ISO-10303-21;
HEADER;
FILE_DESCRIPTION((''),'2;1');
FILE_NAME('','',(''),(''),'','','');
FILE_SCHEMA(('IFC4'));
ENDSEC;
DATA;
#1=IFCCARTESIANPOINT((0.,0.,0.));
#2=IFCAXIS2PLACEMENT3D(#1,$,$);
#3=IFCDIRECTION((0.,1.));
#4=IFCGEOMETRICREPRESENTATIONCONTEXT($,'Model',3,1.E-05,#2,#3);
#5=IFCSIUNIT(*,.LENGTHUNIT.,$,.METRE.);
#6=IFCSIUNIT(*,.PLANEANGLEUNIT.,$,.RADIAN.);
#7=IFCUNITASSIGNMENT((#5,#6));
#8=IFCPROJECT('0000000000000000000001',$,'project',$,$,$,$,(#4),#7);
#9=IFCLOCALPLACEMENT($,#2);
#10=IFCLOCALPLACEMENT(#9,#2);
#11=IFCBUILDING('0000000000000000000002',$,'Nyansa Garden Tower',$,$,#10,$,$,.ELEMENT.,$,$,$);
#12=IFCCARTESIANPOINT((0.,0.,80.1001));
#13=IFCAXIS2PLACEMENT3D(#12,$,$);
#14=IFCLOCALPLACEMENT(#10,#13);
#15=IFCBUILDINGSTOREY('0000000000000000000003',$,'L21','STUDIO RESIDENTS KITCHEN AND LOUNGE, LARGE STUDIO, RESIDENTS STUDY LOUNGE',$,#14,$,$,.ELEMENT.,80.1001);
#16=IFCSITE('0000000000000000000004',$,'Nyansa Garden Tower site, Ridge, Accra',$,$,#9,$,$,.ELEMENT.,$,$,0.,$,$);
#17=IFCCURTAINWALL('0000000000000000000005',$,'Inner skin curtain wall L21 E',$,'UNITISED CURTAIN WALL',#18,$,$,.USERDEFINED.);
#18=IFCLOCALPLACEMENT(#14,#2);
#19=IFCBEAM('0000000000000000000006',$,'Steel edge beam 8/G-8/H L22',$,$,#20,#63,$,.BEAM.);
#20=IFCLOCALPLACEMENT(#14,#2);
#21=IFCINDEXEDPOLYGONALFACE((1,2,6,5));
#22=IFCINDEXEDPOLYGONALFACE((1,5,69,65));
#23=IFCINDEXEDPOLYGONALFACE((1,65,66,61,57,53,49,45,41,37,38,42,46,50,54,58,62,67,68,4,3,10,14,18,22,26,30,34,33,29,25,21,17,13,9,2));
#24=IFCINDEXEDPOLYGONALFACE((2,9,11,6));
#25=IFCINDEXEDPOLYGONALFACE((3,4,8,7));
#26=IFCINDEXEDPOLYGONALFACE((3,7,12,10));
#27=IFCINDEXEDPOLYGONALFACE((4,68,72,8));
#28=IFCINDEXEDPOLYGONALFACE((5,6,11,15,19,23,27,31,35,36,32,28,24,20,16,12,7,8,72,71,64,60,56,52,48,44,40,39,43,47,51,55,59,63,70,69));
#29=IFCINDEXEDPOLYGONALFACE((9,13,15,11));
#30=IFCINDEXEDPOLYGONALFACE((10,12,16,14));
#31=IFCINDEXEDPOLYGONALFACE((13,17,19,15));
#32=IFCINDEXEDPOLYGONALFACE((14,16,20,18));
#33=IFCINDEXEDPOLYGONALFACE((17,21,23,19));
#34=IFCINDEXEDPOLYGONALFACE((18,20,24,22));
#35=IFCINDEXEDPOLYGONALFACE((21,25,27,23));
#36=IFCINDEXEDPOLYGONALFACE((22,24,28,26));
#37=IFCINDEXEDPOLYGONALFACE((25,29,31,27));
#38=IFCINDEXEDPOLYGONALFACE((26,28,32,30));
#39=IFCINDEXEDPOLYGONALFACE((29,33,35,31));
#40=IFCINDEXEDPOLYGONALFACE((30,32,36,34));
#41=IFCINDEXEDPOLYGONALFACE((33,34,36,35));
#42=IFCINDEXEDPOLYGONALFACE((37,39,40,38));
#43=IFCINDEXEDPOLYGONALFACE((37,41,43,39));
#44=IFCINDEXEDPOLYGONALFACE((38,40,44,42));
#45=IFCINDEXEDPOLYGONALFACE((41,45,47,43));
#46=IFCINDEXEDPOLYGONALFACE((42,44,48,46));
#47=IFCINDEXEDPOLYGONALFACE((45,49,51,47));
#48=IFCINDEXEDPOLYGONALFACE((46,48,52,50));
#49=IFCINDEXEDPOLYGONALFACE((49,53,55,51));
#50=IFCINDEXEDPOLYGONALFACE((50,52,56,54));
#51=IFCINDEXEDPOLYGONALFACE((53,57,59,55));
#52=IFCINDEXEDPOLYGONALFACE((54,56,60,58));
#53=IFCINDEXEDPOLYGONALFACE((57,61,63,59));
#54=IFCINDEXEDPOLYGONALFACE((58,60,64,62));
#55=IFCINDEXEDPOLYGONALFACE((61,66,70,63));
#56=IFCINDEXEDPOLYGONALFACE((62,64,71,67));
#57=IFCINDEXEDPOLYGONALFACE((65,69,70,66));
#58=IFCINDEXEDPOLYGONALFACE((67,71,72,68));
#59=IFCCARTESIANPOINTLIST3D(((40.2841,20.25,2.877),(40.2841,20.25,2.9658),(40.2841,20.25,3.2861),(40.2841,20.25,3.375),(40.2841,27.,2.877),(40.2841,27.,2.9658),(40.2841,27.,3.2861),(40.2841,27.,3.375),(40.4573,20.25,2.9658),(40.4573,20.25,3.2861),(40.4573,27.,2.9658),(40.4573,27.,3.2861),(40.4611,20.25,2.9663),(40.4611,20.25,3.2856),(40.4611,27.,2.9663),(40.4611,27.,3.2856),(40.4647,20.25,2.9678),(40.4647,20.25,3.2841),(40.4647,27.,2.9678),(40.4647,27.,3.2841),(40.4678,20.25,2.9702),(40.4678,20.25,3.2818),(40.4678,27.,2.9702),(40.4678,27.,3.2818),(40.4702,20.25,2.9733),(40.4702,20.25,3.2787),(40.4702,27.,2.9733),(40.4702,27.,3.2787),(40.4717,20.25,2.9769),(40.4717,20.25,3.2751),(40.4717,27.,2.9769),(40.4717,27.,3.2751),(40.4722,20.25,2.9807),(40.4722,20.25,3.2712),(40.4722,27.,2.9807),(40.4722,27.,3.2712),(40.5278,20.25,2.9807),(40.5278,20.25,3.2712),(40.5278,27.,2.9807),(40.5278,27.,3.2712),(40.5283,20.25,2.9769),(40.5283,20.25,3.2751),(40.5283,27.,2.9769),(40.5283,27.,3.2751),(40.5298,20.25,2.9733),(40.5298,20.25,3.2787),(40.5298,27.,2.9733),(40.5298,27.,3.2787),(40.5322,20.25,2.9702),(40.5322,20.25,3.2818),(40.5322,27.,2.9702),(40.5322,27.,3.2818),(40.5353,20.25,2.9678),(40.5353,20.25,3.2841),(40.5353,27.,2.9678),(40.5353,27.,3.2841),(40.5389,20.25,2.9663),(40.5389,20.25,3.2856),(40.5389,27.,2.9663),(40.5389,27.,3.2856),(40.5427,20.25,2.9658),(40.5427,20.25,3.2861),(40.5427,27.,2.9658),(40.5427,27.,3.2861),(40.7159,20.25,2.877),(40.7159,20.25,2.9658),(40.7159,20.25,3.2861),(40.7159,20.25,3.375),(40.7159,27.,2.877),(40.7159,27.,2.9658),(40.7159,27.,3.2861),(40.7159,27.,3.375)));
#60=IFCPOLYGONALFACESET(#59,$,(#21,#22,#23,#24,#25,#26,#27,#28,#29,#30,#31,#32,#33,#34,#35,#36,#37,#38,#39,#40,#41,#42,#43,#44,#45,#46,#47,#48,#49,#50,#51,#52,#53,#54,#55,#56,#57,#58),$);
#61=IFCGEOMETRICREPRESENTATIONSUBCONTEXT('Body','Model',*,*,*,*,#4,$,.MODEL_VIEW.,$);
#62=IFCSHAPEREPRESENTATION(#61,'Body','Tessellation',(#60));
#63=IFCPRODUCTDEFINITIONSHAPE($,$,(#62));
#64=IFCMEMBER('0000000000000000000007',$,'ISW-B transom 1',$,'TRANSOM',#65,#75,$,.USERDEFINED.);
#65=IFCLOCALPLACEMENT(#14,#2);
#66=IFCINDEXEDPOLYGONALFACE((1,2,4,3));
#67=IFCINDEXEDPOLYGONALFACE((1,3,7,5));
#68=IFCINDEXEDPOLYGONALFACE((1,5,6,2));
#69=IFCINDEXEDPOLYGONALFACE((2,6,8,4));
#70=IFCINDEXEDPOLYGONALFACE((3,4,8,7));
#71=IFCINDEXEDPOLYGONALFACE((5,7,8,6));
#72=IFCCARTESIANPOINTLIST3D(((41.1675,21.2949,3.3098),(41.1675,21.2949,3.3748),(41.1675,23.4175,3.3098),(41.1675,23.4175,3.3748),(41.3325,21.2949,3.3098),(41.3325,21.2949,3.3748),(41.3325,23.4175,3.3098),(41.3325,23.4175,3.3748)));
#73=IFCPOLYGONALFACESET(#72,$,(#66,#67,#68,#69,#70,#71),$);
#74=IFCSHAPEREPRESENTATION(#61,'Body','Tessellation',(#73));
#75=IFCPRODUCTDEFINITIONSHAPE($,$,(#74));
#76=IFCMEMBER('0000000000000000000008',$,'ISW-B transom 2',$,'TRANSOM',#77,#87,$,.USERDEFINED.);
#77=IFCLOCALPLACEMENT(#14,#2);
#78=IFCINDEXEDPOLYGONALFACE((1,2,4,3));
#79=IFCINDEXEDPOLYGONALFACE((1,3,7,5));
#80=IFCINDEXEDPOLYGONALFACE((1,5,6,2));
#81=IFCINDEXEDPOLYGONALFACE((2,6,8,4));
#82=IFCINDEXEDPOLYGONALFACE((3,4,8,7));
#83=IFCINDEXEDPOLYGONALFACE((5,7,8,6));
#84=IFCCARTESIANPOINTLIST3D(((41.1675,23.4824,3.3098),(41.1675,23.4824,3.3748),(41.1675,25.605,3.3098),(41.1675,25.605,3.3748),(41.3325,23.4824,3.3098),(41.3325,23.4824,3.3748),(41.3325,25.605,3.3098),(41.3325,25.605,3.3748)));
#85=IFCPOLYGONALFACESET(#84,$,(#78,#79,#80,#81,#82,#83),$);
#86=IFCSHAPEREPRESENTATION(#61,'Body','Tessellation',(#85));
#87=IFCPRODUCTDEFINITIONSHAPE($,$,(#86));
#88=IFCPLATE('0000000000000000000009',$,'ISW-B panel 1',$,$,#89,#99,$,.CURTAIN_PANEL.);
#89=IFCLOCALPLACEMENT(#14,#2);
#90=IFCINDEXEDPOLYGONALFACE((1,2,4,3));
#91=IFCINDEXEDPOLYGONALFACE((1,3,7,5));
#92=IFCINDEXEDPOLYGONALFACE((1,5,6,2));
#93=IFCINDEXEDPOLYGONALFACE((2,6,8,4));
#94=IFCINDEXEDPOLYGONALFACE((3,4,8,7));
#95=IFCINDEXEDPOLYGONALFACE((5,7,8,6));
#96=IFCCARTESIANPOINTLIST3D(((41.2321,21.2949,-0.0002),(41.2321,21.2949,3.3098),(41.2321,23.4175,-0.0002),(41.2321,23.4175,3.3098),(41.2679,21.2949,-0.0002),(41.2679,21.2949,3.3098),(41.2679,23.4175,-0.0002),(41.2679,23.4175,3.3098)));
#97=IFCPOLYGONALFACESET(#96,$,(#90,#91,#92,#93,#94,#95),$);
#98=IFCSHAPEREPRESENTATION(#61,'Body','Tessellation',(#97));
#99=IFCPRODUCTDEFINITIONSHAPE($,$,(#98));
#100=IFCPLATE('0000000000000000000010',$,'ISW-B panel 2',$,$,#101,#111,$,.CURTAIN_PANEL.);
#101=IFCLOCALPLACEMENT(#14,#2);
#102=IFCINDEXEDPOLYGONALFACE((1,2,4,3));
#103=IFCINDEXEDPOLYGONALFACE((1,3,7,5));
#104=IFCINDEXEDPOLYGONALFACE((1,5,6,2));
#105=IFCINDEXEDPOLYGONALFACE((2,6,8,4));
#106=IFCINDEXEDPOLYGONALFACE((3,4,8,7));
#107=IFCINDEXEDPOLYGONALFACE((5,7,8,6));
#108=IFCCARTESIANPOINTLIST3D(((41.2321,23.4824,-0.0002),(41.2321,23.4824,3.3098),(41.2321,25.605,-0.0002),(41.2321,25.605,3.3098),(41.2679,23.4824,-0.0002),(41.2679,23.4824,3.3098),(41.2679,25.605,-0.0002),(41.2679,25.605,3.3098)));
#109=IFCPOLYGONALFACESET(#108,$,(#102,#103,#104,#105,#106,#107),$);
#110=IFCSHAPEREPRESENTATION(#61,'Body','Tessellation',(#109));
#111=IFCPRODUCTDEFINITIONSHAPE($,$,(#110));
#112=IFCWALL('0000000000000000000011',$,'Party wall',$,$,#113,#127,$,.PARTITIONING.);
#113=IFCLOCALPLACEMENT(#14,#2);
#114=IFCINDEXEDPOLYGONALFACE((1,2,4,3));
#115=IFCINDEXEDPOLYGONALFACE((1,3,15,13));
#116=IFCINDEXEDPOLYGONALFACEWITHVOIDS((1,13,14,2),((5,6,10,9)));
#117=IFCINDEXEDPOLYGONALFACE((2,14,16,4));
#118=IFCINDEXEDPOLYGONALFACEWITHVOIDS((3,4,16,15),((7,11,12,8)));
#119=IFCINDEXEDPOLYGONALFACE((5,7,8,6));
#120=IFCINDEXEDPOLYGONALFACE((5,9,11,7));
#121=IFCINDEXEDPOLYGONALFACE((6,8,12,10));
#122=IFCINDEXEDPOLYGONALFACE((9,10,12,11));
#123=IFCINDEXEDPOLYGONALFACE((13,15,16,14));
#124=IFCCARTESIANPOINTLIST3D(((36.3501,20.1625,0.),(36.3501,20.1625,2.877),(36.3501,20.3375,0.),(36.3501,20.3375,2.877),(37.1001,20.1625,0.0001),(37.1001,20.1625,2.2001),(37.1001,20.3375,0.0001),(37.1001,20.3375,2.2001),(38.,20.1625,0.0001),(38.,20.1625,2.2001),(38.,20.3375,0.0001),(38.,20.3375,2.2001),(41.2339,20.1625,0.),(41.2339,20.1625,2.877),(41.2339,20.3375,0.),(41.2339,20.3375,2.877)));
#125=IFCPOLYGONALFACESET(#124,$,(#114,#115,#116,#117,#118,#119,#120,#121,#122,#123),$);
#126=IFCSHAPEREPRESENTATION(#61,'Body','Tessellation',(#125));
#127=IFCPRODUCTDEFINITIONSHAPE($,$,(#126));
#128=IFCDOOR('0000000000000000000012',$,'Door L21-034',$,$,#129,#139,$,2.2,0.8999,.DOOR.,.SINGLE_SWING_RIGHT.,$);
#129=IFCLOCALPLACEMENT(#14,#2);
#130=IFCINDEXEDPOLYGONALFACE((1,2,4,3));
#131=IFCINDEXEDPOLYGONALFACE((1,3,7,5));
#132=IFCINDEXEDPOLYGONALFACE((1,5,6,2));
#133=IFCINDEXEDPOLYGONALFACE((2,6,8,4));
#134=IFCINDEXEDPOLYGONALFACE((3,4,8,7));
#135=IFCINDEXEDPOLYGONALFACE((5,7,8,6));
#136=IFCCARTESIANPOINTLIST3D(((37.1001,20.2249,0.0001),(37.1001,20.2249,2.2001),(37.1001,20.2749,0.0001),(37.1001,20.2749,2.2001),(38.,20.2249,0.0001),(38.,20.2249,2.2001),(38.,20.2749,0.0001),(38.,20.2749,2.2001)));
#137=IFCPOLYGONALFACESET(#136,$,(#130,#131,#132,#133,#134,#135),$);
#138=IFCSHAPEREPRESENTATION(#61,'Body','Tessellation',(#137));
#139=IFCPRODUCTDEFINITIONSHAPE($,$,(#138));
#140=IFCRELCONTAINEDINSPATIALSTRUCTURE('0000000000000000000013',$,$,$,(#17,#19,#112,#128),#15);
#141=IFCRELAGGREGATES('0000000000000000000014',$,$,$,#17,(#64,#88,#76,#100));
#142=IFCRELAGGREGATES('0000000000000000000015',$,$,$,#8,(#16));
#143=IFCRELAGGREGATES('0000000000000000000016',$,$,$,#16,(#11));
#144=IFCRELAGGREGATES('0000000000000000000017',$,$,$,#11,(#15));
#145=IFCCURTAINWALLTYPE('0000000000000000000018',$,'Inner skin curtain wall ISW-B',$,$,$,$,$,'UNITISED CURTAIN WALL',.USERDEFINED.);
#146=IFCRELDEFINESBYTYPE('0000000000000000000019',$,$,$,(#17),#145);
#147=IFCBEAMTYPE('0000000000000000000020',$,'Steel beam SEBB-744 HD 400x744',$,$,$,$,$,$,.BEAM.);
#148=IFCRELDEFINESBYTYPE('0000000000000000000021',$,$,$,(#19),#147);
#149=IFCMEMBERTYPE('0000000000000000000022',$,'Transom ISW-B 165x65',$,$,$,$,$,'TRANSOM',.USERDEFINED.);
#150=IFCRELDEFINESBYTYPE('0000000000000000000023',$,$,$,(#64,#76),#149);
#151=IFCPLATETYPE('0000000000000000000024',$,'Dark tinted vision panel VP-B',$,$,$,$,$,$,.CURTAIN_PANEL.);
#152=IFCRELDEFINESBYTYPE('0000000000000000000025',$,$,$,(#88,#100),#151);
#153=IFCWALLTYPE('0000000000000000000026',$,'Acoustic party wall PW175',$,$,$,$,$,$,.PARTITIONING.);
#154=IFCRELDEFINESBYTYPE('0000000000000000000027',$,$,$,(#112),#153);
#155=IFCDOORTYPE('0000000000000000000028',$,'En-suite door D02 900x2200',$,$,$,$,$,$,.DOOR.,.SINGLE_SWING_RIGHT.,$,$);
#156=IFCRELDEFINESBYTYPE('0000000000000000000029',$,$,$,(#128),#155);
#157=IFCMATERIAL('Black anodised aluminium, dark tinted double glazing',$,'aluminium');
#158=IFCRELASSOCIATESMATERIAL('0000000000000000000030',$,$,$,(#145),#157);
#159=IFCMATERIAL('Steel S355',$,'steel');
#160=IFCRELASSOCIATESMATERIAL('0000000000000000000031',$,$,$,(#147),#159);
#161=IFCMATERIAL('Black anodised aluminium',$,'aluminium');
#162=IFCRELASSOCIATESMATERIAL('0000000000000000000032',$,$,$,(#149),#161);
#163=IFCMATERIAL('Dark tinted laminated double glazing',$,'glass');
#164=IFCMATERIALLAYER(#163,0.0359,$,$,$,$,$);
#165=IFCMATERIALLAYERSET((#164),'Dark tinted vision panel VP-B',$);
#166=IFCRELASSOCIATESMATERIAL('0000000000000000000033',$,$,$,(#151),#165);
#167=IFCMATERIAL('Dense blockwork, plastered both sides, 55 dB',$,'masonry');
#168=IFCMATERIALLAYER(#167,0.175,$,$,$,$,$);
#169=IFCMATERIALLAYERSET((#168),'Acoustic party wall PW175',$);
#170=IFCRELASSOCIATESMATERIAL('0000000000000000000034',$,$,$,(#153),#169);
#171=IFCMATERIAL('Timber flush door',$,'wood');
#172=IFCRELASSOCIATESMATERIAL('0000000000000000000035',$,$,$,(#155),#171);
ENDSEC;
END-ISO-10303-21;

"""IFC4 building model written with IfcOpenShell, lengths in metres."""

from ifc_helpers import new_model, si_unit, direction, frame, frame_2d, origin, origin_2d, place, context, subcontext, project, spatial, rectangle, i_section, extrude, material, layer, layer_set, material_profile, profile_set, type_object, element, fill, aggregate, save


model = new_model("IFC4")

# Units and contexts
model_context = context("Model", 3, precision=1e-05, world=origin(), true_north=direction((0.0, 1.0)))
body_context = subcontext(model_context, "Body", "Model", "MODEL_VIEW")
ifc_project = project(units=[si_unit("LENGTHUNIT", "METRE"), si_unit("PLANEANGLEUNIT", "RADIAN")], contexts=[model_context])

# Site, building, storey
site_placement = place(None, origin())
site = spatial("IfcSite", under=ifc_project, at=site_placement, Name="Nyansa Garden Tower site, Ridge, Accra", CompositionType="ELEMENT", RefElevation=0.0)
building_placement = place(site_placement, origin())
building = spatial("IfcBuilding", under=site, at=building_placement, Name="Nyansa Garden Tower", CompositionType="ELEMENT")
storey_placement = place(building_placement, frame((0.0, 0.0, 80.1001)))
storey = spatial("IfcBuildingStorey", under=building, at=storey_placement, Name="L21", Description="STUDIO RESIDENTS KITCHEN AND LOUNGE, LARGE STUDIO, RESIDENTS STUDY LOUNGE", CompositionType="ELEMENT", Elevation=80.1001)

# Curtain wall
ifc_material_1 = material(Name="Black anodised aluminium, dark tinted double glazing", Category="aluminium")
curtain_wall_type = type_object("IfcCurtainWallType", Name="Inner skin curtain wall ISW-B", ElementType="UNITISED CURTAIN WALL", PredefinedType="USERDEFINED", material=ifc_material_1)
curtain_wall_placement = place(storey_placement, origin())
curtain_wall = element("IfcCurtainWall", 1, at=curtain_wall_placement, inside=storey, type_object=curtain_wall_type, Name="Inner skin curtain wall L21 E", ObjectType="UNITISED CURTAIN WALL", PredefinedType="USERDEFINED")

# Beam
ifc_material_2 = material(Name="Steel S355", Category="steel")
ifc_material_profile_1 = material_profile(ifc_material_2, i_section(OverallWidth=0.4319, OverallDepth=0.498, WebThickness=0.0557, FlangeThickness=0.0889, FilletRadius=0.0149, at=origin_2d()), Name="HD 400x744")
ifc_profile_set_1 = profile_set([ifc_material_profile_1], Name="Steel S355")
beam_type_1 = type_object("IfcBeamType", Name="Steel beam SEBB-744 HD 400x744", PredefinedType="BEAM", material=ifc_profile_set_1)
beam_placement = place(storey_placement, frame((40.5, 20.25, 3.126), z_axis=(0.0, 1.0, 0.0), x_axis=(-1.0, 0.0, 0.0)))
element("IfcBeam", 2, at=beam_placement, inside=storey, type_object=beam_type_1, Name="Steel edge beam 8/G-8/H L22", PredefinedType="BEAM", context=body_context, shape_type="SweptSolid", body=[
    extrude(i_section(OverallWidth=0.4319, OverallDepth=0.498, WebThickness=0.0557, FlangeThickness=0.0889, FilletRadius=0.0149, at=origin_2d()), origin(), (0.0, 0.0, 1.0), 6.75),
])

# Members
ifc_material_3 = material(Name="Black anodised aluminium", Category="aluminium")
ifc_material_profile_2 = material_profile(ifc_material_3, rectangle(XDim=0.165, YDim=0.0649, at=origin_2d()), Name="Transom 165x65")
ifc_profile_set_2 = profile_set([ifc_material_profile_2], Name="Black anodised aluminium")
member_type_1 = type_object("IfcMemberType", Name="Transom ISW-B 165x65", ElementType="TRANSOM", PredefinedType="USERDEFINED", material=ifc_profile_set_2)
member_1_placement = place(storey_placement, frame((41.25, 21.2949, 3.3423), z_axis=(0.0, 1.0, 0.0), x_axis=(-1.0, 0.0, 0.0)))
member_1 = element("IfcMember", 3, at=member_1_placement, type_object=member_type_1, Name="ISW-B transom 1", ObjectType="TRANSOM", PredefinedType="USERDEFINED", context=body_context, shape_type="SweptSolid", body=[
    extrude(rectangle(XDim=0.165, YDim=0.0649, at=origin_2d()), origin(), (0.0, 0.0, 1.0), 2.1226),
])
member_2_placement = place(storey_placement, frame((41.25, 23.4824, 3.3423), z_axis=(0.0, 1.0, 0.0), x_axis=(-1.0, 0.0, 0.0)))
member_2 = element("IfcMember", 4, at=member_2_placement, type_object=member_type_1, Name="ISW-B transom 2", ObjectType="TRANSOM", PredefinedType="USERDEFINED", context=body_context, shape_type="SweptSolid", body=[
    extrude(rectangle(XDim=0.165, YDim=0.0649, at=origin_2d()), origin(), (0.0, 0.0, 1.0), 2.1226),
])

# Plates
ifc_material_4 = material(Name="Dark tinted laminated double glazing", Category="glass")
ifc_layer_1 = layer(ifc_material_4, 0.0359)
ifc_layer_set_1 = layer_set([ifc_layer_1], Name="Dark tinted vision panel VP-B")
plate_type = type_object("IfcPlateType", Name="Dark tinted vision panel VP-B", PredefinedType="CURTAIN_PANEL", material=ifc_layer_set_1)
plate_1_placement = place(storey_placement, frame((41.25, 22.3562, -0.0002), z_axis=(0.0, 0.0, 1.0), x_axis=(0.0, 1.0, 0.0)))
plate_1 = element("IfcPlate", 5, at=plate_1_placement, type_object=plate_type, Name="ISW-B panel 1", PredefinedType="CURTAIN_PANEL", context=body_context, shape_type="SweptSolid", body=[
    extrude(rectangle(XDim=2.1226, YDim=0.0359, at=origin_2d()), origin(), (0.0, 0.0, 1.0), 3.3101),
])
plate_2_placement = place(storey_placement, frame((41.25, 24.5437, -0.0002), z_axis=(0.0, 0.0, 1.0), x_axis=(0.0, 1.0, 0.0)))
plate_2 = element("IfcPlate", 6, at=plate_2_placement, type_object=plate_type, Name="ISW-B panel 2", PredefinedType="CURTAIN_PANEL", context=body_context, shape_type="SweptSolid", body=[
    extrude(rectangle(XDim=2.1226, YDim=0.0359, at=origin_2d()), origin(), (0.0, 0.0, 1.0), 3.3101),
])
aggregate(curtain_wall, [member_1, plate_1, member_2, plate_2])

# Wall, opening, door
ifc_material_5 = material(Name="Dense blockwork, plastered both sides, 55 dB", Category="masonry")
ifc_layer_2 = layer(ifc_material_5, 0.175)
ifc_layer_set_2 = layer_set([ifc_layer_2], Name="Acoustic party wall PW175")
wall_type_1 = type_object("IfcWallType", Name="Acoustic party wall PW175", PredefinedType="PARTITIONING", material=ifc_layer_set_2)
wall_1_placement = place(storey_placement, frame((36.3501, 20.25, 0.0), z_axis=(0.0, 0.0, 1.0), x_axis=(1.0, 0.0, 0.0)))
wall_1 = element("IfcWall", 7, at=wall_1_placement, inside=storey, type_object=wall_type_1, Name="Party wall", PredefinedType="PARTITIONING", context=body_context, shape_type="SweptSolid", body=[
    extrude(rectangle(XDim=4.8838, YDim=0.175, at=frame_2d((2.4419, 0.0))), origin(), (0.0, 0.0, 1.0), 2.877),
])
opening_1_placement = place(wall_1_placement, frame((0.75, 0.0, 0.0)))
opening_1 = element("IfcOpeningElement", 8, at=opening_1_placement, cuts=wall_1, PredefinedType="OPENING", context=body_context, shape_type="SweptSolid", body=[
    extrude(rectangle(XDim=0.8999, YDim=2.2, at=frame_2d((0.45, 1.1001))), frame((0.0, 0.0974, 0.0), z_axis=(0.0, -1.0, 0.0), x_axis=(1.0, 0.0, 0.0)), (0.0, 0.0, 1.0), 0.1951),
])
ifc_material_6 = material(Name="Timber flush door", Category="wood")
door_type_1 = type_object("IfcDoorType", Name="En-suite door D02 900x2200", OperationType="SINGLE_SWING_RIGHT", PredefinedType="DOOR", material=ifc_material_6)
door_1_placement = place(opening_1_placement, origin())
door_1 = element("IfcDoor", 9, at=door_1_placement, inside=storey, type_object=door_type_1, Name="Door L21-034", OperationType="SINGLE_SWING_RIGHT", OverallHeight=2.2, OverallWidth=0.8999, PredefinedType="DOOR", context=body_context, shape_type="SweptSolid", body=[
    extrude(rectangle(XDim=0.8999, YDim=2.2, at=frame_2d((0.45, 1.1001))), frame((0.0, 0.0249, 0.0), z_axis=(0.0, -1.0, 0.0), x_axis=(1.0, 0.0, 0.0)), (0.0, 0.0, 1.0), 0.05),
])
fill(opening_1, door_1)

save(model, "model.ifc")
